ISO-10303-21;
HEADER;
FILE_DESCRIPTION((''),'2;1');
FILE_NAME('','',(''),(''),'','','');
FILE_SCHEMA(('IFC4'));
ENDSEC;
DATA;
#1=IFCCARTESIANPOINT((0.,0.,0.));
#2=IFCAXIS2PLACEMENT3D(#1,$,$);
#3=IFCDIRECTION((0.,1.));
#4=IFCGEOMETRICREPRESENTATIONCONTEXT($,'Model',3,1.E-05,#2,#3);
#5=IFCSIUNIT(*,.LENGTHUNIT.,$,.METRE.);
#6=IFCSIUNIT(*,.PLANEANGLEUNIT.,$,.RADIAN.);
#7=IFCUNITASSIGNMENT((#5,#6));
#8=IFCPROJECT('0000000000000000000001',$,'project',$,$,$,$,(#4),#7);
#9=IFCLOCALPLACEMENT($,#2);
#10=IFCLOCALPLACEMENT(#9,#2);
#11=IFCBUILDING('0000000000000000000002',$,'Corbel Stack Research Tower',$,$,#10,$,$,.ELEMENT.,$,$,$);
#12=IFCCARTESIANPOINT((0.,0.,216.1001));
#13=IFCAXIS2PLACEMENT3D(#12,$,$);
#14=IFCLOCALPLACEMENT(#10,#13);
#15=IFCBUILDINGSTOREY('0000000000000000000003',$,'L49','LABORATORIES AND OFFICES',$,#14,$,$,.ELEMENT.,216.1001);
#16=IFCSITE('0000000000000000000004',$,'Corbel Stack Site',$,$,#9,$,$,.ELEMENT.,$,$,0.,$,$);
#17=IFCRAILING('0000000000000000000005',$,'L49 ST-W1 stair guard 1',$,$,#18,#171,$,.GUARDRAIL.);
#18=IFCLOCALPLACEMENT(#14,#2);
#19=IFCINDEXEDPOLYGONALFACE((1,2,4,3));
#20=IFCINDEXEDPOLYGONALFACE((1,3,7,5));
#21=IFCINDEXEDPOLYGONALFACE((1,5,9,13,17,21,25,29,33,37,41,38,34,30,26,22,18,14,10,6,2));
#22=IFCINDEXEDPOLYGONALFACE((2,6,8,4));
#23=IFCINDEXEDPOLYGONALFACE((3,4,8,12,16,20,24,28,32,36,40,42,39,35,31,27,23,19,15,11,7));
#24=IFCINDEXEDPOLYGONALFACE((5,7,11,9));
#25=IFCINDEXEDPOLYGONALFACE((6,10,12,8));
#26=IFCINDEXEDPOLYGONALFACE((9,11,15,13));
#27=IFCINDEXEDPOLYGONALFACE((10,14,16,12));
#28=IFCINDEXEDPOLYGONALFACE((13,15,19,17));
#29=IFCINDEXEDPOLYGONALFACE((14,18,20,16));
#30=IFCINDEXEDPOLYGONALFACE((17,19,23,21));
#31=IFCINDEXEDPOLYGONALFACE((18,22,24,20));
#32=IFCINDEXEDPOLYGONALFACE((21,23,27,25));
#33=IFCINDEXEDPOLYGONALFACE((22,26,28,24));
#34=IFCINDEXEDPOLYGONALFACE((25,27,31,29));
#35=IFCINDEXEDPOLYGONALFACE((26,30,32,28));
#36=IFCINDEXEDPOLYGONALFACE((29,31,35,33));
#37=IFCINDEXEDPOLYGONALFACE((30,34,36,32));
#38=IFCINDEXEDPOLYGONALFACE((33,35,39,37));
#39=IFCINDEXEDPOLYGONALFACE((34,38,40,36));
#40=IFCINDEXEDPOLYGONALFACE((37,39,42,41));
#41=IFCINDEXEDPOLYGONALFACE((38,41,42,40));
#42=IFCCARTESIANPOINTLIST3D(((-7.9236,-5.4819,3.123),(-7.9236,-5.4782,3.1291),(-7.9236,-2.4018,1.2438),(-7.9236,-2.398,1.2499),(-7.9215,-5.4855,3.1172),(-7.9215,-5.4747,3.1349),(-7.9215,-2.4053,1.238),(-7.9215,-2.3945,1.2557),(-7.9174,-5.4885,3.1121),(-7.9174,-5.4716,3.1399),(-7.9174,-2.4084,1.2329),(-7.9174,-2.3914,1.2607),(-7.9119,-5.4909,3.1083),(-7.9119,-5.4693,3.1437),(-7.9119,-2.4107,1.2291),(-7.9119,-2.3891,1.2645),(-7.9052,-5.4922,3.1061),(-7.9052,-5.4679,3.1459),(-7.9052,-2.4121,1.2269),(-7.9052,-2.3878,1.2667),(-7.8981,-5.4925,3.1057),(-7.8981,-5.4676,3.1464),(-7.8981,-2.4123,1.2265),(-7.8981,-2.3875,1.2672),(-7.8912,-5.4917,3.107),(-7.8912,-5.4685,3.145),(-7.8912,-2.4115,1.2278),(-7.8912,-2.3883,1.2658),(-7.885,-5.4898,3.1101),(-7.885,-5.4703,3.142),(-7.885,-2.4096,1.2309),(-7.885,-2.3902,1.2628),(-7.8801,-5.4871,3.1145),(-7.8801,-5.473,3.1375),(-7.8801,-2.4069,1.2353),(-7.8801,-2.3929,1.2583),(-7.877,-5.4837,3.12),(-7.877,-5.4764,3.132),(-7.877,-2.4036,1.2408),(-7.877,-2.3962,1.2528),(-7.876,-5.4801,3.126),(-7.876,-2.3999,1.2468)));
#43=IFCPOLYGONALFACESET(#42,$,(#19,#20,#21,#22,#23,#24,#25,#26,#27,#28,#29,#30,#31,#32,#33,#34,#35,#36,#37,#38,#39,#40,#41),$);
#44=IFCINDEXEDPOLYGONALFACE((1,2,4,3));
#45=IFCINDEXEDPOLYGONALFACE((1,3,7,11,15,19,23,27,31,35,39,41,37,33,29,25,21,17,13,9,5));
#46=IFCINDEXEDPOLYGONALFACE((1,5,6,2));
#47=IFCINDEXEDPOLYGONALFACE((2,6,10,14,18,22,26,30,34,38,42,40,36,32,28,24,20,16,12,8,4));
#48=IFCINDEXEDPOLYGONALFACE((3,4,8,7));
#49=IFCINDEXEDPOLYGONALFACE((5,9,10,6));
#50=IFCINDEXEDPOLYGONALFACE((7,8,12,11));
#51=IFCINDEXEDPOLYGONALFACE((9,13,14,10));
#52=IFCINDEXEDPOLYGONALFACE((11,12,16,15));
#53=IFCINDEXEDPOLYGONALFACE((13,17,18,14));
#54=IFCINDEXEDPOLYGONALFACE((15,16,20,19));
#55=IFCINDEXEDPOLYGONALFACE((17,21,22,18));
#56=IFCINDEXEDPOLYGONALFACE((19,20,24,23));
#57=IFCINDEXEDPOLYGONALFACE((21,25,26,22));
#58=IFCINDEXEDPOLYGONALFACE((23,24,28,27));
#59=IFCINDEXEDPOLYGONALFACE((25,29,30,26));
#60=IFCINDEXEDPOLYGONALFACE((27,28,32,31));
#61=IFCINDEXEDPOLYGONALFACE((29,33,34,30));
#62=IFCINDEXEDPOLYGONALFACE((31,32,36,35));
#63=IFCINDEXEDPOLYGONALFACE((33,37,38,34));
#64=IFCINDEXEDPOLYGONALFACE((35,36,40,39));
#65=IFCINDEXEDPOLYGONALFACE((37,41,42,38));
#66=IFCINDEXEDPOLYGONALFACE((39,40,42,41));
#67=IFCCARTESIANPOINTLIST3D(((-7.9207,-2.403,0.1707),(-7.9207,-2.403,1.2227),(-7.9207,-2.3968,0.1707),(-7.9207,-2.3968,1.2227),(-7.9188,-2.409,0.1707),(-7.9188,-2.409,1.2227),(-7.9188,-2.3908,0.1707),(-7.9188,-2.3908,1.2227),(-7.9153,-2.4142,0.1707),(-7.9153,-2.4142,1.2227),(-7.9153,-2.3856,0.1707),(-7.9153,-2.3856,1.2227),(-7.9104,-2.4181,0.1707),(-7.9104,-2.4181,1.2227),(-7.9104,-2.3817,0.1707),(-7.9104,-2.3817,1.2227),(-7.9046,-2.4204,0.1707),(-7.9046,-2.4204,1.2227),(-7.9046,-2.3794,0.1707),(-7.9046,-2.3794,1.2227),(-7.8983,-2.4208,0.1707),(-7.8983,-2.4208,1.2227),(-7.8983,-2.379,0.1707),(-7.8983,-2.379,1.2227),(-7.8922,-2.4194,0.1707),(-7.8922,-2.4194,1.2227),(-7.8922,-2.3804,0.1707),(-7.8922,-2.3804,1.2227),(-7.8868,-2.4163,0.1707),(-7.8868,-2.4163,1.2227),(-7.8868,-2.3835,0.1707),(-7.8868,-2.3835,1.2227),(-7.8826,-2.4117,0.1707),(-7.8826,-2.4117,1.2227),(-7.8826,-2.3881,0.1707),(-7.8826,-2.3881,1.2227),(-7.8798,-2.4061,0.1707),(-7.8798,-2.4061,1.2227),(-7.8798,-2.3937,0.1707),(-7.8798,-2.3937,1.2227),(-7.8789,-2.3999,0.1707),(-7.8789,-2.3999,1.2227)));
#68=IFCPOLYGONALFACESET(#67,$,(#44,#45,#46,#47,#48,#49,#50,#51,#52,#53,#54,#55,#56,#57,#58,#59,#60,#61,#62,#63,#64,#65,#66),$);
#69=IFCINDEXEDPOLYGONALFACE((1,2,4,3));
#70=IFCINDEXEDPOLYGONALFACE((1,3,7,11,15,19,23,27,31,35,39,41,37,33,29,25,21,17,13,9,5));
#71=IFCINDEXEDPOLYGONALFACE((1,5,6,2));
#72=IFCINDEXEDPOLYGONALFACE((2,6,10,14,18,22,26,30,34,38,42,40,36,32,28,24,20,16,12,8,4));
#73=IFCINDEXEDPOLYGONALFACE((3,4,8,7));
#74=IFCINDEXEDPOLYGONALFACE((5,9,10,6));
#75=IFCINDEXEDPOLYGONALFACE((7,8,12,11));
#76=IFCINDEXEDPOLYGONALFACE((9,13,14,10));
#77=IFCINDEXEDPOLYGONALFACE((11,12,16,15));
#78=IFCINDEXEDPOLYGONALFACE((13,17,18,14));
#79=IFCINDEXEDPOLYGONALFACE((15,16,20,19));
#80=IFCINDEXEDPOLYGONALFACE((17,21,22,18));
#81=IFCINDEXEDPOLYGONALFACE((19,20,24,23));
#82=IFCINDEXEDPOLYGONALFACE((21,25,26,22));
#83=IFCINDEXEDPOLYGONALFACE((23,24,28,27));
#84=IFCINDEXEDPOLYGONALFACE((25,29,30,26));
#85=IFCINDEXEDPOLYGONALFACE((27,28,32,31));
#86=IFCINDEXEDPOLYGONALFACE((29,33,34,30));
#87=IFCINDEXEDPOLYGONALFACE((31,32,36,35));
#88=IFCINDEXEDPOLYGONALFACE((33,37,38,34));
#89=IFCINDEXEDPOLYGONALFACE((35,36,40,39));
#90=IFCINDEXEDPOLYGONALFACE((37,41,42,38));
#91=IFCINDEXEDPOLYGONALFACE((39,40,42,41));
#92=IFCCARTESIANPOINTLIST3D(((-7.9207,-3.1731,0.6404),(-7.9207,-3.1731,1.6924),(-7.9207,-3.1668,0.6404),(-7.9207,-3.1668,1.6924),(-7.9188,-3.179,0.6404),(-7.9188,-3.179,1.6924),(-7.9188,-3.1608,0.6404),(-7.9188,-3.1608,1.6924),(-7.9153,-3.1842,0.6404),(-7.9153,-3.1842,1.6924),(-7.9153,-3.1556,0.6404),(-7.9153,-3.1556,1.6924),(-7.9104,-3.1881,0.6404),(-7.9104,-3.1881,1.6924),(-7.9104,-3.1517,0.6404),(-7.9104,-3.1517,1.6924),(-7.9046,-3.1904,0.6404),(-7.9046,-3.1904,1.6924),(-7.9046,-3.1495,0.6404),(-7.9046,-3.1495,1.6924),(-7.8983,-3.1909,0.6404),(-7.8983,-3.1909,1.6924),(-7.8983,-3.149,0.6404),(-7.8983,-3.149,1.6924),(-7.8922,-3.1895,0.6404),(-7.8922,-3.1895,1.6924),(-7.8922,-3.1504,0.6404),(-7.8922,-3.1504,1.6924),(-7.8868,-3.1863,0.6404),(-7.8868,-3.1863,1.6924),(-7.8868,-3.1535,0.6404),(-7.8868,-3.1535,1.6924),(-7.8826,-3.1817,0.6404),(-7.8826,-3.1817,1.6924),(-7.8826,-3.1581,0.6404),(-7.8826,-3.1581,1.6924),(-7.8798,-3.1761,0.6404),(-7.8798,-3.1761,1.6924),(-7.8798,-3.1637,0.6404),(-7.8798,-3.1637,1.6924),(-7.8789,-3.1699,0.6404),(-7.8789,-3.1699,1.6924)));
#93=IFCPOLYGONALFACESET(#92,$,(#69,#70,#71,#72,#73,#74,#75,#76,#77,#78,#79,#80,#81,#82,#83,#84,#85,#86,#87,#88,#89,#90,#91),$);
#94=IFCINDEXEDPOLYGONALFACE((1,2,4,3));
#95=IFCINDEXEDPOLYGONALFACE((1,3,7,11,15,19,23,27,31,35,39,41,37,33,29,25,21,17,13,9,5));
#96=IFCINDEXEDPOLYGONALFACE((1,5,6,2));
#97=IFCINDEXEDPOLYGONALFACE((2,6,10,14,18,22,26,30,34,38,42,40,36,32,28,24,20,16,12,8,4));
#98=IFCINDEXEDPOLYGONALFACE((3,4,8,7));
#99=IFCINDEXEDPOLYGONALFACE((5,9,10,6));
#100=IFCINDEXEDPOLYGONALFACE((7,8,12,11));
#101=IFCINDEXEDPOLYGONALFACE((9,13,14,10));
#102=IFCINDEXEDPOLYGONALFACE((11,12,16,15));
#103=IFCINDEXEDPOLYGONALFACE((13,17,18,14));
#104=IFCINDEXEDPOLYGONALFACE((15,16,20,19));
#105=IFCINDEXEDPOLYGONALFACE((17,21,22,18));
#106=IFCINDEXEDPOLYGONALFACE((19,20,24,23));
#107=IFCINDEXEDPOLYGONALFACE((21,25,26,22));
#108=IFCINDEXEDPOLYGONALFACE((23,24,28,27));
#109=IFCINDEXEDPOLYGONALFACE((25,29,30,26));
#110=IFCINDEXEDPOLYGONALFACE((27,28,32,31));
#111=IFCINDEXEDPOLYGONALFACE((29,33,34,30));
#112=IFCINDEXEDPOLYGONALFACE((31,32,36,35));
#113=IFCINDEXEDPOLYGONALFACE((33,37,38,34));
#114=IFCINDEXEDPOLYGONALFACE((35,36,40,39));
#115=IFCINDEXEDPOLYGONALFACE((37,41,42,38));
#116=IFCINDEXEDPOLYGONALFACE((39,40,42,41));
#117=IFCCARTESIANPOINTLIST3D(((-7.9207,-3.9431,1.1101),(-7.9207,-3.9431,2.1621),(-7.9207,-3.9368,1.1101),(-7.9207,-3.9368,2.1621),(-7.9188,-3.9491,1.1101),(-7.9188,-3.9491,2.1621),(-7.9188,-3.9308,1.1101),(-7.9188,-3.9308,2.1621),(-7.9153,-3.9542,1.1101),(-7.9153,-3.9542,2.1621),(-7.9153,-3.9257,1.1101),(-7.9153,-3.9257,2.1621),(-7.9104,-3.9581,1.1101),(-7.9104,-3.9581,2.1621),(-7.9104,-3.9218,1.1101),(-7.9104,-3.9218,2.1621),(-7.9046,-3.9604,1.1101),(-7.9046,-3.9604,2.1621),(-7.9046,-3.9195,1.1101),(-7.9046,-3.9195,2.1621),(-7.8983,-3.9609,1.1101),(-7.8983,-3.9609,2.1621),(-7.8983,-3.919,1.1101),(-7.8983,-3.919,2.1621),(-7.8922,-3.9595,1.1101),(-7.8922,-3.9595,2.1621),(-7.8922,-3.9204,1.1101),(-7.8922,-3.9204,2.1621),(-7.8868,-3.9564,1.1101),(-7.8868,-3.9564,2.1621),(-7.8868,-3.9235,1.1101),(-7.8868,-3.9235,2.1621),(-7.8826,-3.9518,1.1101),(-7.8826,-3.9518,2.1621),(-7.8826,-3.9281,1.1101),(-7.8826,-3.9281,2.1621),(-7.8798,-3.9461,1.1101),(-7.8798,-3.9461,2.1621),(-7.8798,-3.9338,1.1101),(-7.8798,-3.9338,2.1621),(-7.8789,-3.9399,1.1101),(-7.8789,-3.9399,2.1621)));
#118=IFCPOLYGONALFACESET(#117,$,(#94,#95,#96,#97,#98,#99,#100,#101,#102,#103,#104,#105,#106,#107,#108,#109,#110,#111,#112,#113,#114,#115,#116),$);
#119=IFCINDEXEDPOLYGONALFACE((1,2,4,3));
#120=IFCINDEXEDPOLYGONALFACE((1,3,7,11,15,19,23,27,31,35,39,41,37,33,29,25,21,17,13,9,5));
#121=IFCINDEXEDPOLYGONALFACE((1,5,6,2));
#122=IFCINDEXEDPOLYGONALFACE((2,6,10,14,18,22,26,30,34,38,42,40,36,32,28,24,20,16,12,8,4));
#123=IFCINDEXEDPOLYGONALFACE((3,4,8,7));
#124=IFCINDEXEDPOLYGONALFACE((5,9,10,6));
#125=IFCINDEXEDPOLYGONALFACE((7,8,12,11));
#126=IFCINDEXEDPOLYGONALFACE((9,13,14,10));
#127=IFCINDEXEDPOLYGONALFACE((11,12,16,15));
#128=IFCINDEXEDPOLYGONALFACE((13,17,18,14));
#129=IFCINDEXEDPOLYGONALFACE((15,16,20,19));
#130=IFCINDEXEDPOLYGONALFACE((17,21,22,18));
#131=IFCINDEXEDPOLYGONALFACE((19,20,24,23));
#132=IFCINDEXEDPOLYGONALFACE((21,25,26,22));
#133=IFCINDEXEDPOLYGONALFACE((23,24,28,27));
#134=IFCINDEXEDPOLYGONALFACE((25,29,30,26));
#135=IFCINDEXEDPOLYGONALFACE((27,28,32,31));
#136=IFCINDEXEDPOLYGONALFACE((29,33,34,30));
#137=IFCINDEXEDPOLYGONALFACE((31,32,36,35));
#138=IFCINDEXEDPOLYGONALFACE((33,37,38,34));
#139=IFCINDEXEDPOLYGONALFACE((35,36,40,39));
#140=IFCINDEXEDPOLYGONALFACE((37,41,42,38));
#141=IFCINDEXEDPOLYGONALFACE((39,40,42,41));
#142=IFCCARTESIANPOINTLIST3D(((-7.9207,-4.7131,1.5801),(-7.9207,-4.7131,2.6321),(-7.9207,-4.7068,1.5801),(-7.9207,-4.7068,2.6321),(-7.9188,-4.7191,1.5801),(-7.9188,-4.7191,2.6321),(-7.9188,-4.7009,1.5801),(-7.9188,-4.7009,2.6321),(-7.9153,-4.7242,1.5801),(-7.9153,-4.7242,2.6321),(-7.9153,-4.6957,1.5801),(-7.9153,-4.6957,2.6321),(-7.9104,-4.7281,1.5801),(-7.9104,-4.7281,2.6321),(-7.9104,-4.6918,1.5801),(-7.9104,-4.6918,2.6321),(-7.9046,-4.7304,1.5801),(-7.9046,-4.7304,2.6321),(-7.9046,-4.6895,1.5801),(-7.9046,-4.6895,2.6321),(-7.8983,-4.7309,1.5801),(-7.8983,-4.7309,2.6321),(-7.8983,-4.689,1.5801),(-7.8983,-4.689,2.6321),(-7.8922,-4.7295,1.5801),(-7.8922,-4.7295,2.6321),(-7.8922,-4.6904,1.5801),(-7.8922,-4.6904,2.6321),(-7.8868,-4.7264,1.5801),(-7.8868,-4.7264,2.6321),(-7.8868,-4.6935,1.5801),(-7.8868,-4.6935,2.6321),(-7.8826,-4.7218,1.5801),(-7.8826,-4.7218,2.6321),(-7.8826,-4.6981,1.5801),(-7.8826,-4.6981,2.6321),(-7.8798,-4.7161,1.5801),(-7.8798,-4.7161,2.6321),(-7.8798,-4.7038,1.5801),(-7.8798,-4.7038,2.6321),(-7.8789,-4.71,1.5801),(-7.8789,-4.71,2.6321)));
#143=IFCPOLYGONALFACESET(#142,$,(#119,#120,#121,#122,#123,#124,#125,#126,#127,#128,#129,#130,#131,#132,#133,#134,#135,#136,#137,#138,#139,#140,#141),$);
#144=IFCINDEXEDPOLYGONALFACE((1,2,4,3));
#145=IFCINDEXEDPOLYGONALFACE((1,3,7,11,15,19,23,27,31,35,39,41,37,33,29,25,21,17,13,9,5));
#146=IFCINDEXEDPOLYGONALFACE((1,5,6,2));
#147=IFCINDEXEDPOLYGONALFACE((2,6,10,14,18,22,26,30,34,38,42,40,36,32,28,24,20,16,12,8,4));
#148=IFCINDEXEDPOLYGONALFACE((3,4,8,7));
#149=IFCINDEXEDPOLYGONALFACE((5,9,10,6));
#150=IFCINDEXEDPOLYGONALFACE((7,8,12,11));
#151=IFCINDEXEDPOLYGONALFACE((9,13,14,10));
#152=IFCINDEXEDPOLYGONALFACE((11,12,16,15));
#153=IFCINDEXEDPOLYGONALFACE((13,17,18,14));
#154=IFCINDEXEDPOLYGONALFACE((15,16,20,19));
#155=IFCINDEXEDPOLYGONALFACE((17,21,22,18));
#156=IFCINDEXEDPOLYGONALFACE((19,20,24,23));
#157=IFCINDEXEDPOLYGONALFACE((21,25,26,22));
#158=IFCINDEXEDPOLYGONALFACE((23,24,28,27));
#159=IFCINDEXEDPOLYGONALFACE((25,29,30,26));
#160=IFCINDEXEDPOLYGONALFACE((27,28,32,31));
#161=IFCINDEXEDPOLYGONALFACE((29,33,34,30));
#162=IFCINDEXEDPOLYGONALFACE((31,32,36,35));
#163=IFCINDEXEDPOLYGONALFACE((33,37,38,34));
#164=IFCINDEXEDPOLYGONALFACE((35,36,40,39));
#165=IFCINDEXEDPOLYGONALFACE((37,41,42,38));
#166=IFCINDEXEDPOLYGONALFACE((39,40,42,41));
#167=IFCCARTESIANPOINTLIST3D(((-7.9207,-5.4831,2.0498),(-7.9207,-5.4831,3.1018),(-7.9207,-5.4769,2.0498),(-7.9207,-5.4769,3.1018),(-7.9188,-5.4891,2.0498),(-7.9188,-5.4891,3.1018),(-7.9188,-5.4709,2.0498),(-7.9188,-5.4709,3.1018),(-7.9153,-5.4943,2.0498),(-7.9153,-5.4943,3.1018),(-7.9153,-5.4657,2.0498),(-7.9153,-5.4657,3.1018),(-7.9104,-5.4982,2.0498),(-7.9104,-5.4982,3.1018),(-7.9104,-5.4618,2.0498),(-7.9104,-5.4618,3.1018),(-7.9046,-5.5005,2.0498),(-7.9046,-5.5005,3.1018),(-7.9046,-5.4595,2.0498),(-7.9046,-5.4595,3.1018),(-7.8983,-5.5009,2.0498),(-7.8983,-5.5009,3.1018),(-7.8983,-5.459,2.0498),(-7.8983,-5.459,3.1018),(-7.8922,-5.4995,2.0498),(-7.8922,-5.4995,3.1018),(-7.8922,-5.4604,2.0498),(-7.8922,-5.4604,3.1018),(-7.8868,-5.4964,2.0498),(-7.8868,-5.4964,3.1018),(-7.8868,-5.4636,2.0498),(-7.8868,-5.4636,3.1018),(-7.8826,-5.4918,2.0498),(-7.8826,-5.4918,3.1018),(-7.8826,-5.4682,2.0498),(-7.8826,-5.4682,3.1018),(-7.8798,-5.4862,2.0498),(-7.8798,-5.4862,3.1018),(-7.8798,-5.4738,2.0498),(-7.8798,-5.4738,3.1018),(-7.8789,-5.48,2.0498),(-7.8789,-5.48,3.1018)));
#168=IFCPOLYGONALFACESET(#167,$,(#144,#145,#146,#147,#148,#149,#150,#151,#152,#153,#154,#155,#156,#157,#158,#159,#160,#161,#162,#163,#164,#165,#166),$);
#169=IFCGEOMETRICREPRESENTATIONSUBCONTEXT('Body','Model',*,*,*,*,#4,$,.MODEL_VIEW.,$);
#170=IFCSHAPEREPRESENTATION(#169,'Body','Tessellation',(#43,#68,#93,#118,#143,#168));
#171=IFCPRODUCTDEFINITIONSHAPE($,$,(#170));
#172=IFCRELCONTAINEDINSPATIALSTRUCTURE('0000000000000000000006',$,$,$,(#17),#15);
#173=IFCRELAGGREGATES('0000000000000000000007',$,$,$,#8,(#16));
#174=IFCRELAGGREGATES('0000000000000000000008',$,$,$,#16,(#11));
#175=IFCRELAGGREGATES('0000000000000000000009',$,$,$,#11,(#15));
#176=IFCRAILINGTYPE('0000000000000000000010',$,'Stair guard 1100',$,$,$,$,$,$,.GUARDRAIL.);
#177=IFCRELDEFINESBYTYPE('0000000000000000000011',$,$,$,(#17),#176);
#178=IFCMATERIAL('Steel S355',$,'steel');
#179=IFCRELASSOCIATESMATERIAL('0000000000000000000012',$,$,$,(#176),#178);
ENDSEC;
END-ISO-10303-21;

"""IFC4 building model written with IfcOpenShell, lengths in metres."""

from ifc_helpers import new_model, si_unit, direction, frame, origin, origin_2d, place, context, subcontext, project, spatial, circle, extrude, material, type_object, element, save


model = new_model("IFC4")

# Units and contexts
model_context = context("Model", 3, precision=1e-05, world=origin(), true_north=direction((0.0, 1.0)))
body_context = subcontext(model_context, "Body", "Model", "MODEL_VIEW")
ifc_project = project(units=[si_unit("LENGTHUNIT", "METRE"), si_unit("PLANEANGLEUNIT", "RADIAN")], contexts=[model_context])

# Site, building, storey
site_placement = place(None, origin())
site = spatial("IfcSite", under=ifc_project, at=site_placement, Name="Corbel Stack Site", CompositionType="ELEMENT", RefElevation=0.0)
building_placement = place(site_placement, origin())
building = spatial("IfcBuilding", under=site, at=building_placement, Name="Corbel Stack Research Tower", CompositionType="ELEMENT")
storey_placement = place(building_placement, frame((0.0, 0.0, 216.1001)))
storey = spatial("IfcBuildingStorey", under=building, at=storey_placement, Name="L49", Description="LABORATORIES AND OFFICES", CompositionType="ELEMENT", Elevation=216.1001)

# Railing
ifc_material_1 = material(Name="Steel S355", Category="steel")
railing_type_1 = type_object("IfcRailingType", Name="Stair guard 1100", PredefinedType="GUARDRAIL", material=ifc_material_1)
railing_1_placement = place(storey_placement, frame((-7.8999, -2.3999, 0.1707)))
element("IfcRailing", 1, at=railing_1_placement, inside=storey, type_object=railing_type_1, Name="L49 ST-W1 stair guard 1", PredefinedType="GUARDRAIL", context=body_context, shape_type="SweptSolid", body=[
    extrude(circle(Radius=0.0239, at=origin_2d()), frame((0.0, 0.0, 1.0762), z_axis=(0.0, -0.853666, 0.52082), x_axis=(1.0, 0.0, 0.0)), (0.0, 0.0, 1.0), 3.6082),
    extrude(circle(Radius=0.021, at=origin_2d()), origin(), (0.0, 0.0, 1.0), 1.052),
    extrude(circle(Radius=0.021, at=origin_2d()), frame((0.0, -0.77, 0.4697)), (0.0, 0.0, 1.0), 1.052),
    extrude(circle(Radius=0.021, at=origin_2d()), frame((0.0, -1.54, 0.9395)), (0.0, 0.0, 1.0), 1.052),
    extrude(circle(Radius=0.021, at=origin_2d()), frame((0.0, -2.3101, 1.4094)), (0.0, 0.0, 1.0), 1.052),
    extrude(circle(Radius=0.021, at=origin_2d()), frame((0.0, -3.0801, 1.8792)), (0.0, 0.0, 1.0), 1.052),
])

save(model, "model.ifc")
